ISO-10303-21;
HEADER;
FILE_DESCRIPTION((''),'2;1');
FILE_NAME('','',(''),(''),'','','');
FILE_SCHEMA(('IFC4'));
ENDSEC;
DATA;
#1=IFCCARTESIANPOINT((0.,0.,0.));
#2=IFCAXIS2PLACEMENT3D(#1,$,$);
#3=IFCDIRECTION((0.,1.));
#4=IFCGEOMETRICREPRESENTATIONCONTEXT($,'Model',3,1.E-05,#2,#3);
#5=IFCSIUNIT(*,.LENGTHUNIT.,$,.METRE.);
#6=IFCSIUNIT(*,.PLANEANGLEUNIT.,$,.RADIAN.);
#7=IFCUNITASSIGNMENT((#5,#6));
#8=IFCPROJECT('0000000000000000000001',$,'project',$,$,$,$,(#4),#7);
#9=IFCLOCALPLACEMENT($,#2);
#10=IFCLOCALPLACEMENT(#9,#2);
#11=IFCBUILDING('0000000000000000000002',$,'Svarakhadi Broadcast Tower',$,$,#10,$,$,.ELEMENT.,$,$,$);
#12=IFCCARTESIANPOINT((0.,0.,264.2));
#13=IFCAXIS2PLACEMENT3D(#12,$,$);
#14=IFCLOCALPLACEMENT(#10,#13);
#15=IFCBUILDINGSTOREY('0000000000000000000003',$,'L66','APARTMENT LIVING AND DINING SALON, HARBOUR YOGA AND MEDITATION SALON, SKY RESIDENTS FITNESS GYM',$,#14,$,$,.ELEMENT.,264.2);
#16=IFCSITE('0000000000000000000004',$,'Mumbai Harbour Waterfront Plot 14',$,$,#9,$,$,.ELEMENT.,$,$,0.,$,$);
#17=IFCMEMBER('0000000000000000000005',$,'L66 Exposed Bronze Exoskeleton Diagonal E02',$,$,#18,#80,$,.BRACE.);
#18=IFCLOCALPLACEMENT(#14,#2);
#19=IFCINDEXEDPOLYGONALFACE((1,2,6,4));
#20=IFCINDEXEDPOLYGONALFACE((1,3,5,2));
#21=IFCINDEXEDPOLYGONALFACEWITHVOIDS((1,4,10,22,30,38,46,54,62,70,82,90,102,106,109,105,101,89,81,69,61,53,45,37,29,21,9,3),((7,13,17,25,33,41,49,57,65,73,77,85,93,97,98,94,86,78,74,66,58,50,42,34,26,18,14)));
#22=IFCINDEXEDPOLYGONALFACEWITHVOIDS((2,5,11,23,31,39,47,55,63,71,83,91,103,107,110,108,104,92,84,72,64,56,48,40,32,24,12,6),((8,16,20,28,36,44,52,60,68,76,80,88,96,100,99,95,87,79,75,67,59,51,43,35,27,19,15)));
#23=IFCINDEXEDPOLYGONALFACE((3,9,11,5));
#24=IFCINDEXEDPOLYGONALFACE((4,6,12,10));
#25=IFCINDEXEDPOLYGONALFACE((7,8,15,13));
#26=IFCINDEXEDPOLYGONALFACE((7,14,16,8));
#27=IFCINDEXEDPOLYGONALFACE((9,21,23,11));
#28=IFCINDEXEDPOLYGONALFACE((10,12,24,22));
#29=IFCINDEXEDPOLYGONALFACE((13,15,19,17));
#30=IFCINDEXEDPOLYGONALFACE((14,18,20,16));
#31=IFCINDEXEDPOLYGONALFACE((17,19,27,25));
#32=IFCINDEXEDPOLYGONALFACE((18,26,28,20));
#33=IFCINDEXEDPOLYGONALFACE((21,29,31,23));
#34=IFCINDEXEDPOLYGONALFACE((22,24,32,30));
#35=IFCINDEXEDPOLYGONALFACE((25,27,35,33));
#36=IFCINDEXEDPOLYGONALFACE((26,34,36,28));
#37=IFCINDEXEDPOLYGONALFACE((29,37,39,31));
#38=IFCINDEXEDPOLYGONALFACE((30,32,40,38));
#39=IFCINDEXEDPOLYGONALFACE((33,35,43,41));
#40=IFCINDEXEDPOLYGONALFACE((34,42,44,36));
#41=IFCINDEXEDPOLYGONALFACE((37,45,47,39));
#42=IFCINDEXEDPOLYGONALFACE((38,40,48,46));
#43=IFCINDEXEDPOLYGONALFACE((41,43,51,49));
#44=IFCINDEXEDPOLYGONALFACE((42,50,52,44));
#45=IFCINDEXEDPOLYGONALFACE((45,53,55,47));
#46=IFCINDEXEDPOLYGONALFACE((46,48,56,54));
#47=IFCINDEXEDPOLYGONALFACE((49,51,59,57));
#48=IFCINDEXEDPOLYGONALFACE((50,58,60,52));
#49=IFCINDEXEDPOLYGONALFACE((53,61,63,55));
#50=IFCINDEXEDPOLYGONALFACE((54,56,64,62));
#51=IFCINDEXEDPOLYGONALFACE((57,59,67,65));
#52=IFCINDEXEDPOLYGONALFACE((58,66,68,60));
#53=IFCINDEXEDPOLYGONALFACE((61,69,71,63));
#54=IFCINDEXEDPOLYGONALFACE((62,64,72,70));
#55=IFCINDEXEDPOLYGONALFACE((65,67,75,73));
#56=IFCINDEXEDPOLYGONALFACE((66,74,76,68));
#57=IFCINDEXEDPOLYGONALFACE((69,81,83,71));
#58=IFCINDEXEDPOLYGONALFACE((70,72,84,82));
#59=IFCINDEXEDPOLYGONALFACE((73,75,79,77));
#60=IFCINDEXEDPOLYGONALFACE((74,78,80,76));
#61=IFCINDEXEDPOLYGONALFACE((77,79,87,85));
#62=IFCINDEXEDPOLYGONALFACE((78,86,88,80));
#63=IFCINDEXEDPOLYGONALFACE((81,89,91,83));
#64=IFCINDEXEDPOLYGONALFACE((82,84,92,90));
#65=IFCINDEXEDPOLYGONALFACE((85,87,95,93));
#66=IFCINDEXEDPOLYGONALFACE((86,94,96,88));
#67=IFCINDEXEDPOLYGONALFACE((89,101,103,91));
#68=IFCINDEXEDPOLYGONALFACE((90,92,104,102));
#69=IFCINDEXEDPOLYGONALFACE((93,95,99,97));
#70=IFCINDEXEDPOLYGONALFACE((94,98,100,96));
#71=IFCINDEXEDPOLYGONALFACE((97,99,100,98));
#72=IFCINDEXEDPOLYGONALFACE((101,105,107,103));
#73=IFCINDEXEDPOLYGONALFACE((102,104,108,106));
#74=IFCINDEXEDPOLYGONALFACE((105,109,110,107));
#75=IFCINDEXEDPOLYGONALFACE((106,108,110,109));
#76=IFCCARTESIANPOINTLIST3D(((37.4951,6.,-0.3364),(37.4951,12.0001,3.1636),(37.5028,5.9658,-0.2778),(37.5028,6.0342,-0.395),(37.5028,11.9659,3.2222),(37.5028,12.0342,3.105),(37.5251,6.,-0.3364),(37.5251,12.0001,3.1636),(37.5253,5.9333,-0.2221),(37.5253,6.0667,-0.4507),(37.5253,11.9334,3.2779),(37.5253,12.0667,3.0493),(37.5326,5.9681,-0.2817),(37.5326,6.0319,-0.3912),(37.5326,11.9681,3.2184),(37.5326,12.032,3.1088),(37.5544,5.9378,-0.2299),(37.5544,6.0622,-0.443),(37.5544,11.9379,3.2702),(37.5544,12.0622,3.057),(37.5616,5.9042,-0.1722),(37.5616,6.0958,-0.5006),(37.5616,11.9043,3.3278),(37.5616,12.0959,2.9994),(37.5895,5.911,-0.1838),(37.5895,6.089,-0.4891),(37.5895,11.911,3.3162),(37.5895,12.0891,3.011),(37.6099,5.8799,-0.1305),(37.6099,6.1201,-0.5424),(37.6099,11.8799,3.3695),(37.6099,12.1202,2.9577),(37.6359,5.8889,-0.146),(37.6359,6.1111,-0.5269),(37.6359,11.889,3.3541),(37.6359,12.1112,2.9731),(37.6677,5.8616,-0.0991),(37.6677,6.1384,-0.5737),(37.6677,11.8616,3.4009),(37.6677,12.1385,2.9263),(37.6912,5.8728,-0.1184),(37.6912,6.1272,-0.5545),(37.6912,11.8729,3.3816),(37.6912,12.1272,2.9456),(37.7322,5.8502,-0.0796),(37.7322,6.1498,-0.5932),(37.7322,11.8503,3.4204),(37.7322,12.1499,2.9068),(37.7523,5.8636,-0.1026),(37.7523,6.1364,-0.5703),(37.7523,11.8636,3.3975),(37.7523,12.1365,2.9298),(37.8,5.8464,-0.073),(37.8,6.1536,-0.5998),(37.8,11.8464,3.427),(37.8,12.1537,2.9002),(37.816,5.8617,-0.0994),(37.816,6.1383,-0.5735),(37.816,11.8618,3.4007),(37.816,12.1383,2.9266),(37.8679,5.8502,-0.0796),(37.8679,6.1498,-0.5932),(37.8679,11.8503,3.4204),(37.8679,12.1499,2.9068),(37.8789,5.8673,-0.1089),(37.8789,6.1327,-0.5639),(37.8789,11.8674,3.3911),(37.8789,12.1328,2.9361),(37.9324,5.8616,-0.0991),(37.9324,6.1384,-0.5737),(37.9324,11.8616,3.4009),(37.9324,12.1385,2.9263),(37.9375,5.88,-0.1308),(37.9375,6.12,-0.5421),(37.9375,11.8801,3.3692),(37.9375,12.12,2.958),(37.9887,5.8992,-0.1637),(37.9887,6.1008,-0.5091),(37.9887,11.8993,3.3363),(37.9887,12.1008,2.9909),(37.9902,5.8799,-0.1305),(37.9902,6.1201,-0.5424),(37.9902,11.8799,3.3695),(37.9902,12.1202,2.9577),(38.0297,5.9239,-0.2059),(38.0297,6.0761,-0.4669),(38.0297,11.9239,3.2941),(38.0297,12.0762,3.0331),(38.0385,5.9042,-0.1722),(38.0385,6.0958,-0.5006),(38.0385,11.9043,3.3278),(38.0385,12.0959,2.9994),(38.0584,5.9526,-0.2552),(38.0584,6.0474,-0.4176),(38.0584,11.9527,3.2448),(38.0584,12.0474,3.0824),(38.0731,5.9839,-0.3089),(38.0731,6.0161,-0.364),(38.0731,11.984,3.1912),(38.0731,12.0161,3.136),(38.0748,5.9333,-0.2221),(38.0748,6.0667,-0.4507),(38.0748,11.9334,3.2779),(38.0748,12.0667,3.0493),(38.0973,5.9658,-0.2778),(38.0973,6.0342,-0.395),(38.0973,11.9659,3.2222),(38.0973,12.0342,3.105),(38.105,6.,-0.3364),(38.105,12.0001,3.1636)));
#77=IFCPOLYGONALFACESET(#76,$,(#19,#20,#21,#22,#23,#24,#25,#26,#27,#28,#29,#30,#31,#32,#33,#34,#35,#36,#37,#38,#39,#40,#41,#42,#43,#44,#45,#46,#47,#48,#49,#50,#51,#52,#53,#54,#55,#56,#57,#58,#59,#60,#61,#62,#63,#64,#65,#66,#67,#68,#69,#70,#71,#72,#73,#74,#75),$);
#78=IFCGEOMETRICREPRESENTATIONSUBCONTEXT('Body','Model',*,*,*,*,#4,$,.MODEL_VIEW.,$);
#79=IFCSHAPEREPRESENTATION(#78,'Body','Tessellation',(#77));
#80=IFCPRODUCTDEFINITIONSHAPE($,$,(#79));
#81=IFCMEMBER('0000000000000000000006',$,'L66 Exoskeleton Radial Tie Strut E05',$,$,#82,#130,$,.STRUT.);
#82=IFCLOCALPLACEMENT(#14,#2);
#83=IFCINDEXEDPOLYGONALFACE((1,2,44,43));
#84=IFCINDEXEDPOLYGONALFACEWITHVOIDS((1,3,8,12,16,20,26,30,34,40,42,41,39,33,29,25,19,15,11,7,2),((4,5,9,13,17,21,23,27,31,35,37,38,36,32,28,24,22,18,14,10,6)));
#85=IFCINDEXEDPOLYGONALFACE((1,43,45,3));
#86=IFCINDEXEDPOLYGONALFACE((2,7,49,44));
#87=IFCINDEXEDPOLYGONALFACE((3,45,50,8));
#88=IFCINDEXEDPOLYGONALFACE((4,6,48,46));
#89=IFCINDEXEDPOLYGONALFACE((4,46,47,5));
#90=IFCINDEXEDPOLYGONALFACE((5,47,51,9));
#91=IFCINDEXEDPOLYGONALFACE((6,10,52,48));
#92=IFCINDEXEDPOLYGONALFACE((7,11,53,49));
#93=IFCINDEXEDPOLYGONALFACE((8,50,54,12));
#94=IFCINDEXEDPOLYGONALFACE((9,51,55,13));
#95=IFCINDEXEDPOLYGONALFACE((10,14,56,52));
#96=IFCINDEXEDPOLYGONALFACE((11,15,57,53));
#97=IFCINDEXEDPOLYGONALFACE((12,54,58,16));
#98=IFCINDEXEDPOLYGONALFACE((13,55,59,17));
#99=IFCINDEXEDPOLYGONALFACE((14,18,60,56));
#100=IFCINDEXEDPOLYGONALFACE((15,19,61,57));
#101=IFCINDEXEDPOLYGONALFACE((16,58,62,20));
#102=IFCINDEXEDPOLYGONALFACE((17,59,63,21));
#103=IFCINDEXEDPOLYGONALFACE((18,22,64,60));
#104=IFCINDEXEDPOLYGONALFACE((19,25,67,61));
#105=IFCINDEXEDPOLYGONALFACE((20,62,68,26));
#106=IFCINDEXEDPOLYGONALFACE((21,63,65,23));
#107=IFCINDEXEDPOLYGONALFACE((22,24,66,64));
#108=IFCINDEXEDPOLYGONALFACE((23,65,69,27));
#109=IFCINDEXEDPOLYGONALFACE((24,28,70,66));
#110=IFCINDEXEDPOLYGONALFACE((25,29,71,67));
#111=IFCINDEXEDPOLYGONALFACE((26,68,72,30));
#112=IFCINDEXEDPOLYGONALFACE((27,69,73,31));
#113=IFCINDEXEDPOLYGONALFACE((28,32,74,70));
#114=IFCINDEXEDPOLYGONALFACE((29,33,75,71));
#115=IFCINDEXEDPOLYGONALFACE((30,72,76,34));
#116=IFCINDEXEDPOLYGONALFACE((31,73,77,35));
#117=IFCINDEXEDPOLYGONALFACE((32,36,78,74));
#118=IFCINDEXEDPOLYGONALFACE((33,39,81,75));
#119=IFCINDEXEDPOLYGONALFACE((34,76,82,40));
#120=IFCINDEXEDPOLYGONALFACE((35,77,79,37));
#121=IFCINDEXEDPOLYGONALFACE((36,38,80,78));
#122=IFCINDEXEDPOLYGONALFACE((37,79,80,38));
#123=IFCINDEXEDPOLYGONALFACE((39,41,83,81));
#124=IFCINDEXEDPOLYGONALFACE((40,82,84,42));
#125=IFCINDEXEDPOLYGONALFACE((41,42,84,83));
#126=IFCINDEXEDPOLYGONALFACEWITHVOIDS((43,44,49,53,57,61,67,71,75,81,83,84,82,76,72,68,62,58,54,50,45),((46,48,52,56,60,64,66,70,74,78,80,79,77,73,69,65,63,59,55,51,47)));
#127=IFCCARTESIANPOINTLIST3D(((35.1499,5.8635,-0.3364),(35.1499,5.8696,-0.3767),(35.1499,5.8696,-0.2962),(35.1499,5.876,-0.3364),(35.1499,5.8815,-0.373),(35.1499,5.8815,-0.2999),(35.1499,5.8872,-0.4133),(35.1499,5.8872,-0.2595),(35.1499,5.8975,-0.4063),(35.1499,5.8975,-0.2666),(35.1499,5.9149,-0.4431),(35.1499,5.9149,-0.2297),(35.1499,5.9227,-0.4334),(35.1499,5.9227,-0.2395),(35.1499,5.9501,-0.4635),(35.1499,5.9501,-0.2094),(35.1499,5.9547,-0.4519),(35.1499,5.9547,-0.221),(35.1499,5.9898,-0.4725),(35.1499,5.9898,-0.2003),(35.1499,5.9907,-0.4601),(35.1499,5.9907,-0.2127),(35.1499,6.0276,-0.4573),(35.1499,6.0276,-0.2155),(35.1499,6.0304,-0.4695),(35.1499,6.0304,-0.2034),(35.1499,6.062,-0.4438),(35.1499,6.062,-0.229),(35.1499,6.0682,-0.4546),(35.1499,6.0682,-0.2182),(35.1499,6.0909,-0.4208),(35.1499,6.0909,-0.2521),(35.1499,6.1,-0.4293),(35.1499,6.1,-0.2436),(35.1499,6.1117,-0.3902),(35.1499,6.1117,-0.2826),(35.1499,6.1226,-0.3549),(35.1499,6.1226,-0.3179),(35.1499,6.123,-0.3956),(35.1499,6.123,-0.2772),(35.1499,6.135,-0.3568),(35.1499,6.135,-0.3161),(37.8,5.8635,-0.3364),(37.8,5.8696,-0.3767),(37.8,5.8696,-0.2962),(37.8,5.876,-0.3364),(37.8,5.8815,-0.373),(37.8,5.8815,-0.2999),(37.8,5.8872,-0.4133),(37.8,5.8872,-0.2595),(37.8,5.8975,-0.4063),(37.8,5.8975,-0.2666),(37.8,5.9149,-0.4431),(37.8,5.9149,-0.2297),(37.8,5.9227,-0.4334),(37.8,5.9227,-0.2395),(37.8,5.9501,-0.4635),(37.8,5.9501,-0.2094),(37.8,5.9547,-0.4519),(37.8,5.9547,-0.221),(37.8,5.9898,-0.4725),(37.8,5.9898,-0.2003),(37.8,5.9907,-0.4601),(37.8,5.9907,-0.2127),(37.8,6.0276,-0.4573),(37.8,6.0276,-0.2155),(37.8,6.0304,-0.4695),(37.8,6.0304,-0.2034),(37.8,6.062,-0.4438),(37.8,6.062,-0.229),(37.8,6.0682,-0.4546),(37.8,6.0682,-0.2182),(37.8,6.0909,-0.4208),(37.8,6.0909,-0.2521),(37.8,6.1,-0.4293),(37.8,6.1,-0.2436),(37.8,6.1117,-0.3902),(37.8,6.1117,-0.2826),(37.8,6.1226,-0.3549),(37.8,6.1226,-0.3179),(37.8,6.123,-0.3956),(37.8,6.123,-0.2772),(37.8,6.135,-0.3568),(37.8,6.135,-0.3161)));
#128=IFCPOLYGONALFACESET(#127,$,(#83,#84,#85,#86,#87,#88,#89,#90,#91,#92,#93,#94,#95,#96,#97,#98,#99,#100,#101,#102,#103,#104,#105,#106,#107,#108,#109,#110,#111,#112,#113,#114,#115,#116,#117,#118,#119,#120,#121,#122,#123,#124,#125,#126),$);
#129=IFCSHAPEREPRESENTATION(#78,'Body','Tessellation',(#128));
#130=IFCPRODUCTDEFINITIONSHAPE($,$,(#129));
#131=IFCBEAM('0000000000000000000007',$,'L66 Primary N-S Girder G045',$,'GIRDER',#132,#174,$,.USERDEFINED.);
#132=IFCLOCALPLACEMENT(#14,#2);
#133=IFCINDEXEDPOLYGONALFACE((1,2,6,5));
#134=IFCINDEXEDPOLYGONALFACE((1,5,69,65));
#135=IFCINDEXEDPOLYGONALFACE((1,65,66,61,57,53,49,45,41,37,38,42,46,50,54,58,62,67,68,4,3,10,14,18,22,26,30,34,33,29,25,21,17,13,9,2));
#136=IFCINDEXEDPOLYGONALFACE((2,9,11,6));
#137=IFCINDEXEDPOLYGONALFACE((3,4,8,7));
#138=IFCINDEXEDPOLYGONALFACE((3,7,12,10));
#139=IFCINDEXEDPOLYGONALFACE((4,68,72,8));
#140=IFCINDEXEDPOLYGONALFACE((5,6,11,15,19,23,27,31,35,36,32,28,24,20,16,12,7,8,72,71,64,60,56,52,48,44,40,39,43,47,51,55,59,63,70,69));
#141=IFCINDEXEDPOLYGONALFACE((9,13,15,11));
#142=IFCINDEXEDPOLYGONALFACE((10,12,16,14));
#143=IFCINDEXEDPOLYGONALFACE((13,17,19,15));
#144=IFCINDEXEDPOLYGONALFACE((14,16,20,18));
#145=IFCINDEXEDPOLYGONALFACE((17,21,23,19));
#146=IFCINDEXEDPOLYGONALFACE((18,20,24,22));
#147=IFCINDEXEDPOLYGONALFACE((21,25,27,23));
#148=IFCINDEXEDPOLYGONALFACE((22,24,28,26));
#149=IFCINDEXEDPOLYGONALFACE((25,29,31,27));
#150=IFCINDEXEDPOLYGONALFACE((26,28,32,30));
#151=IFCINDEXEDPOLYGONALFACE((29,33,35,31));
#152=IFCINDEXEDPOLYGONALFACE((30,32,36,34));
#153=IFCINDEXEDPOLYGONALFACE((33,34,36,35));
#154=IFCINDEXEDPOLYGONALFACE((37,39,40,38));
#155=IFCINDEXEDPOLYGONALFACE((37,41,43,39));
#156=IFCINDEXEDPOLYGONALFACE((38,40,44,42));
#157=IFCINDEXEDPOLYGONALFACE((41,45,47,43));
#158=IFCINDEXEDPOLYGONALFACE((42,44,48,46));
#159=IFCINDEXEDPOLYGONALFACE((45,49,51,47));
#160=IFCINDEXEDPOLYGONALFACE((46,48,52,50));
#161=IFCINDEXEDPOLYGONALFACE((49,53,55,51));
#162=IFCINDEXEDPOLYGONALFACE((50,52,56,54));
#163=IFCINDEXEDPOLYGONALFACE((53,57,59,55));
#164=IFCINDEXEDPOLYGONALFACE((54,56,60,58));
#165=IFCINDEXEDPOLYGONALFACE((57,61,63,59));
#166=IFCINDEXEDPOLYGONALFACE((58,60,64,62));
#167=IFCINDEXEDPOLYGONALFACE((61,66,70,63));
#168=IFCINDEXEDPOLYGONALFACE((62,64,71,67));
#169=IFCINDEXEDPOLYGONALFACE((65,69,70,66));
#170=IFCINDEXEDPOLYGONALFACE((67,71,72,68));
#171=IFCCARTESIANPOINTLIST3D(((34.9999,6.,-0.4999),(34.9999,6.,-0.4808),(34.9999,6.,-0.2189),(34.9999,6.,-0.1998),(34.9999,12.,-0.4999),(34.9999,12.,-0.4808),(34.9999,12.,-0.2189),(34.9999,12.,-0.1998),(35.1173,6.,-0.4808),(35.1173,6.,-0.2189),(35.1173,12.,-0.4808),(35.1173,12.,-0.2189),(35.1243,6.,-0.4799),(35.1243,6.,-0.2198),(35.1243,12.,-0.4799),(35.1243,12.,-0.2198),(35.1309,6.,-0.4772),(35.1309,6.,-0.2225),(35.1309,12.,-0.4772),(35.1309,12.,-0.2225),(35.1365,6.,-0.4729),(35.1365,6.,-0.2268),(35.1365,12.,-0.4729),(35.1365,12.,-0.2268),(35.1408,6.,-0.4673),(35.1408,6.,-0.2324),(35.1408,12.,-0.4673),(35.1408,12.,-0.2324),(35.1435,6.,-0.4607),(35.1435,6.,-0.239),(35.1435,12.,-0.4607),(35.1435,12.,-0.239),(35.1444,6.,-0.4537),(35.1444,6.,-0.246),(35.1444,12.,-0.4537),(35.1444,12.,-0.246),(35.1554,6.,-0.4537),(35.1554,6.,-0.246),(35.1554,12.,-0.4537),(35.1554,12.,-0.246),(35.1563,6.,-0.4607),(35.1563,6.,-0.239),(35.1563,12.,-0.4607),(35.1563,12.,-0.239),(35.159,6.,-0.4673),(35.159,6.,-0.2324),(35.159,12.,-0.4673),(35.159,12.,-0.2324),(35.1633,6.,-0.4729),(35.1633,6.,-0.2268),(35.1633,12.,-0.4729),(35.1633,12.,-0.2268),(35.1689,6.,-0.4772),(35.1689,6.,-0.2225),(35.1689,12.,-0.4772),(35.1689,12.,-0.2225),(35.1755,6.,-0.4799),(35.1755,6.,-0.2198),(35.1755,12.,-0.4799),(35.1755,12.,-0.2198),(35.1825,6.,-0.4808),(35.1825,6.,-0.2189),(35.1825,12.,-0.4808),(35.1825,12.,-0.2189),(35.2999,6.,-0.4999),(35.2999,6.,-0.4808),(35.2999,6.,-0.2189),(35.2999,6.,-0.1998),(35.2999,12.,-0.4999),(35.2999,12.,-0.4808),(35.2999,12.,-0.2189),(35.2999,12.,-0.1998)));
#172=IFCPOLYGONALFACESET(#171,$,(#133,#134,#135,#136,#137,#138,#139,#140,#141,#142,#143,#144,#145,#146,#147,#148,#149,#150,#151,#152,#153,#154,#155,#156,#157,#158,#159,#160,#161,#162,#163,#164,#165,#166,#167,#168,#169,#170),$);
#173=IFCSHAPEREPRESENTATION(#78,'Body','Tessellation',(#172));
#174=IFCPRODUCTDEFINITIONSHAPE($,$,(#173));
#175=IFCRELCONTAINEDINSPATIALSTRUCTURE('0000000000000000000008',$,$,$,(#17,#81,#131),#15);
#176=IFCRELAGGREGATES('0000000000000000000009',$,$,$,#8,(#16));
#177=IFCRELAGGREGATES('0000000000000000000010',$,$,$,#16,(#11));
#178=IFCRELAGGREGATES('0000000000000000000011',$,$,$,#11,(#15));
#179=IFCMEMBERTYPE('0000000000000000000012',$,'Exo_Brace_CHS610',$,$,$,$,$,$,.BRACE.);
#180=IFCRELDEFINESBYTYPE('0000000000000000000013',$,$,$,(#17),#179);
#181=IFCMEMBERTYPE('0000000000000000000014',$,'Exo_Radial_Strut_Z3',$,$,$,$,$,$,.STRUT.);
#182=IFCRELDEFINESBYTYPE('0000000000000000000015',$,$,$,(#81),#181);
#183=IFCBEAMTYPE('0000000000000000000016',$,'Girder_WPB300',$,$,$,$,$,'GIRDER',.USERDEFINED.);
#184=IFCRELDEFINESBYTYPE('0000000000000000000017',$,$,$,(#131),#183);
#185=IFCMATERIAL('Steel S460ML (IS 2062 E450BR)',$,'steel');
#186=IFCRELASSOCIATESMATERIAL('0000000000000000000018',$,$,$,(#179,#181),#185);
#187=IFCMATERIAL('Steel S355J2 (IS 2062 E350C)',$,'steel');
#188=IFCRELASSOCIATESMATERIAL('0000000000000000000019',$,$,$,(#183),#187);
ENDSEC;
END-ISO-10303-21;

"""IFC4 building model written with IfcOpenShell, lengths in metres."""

from ifc_helpers import new_model, si_unit, direction, frame, origin, origin_2d, place, context, subcontext, project, spatial, hollow_circle, i_section, extrude, material, material_profile, profile_set, type_object, element, save


model = new_model("IFC4")

# Units and contexts
model_context = context("Model", 3, precision=1e-05, world=origin(), true_north=direction((0.0, 1.0)))
body_context = subcontext(model_context, "Body", "Model", "MODEL_VIEW")
ifc_project = project(units=[si_unit("LENGTHUNIT", "METRE"), si_unit("PLANEANGLEUNIT", "RADIAN")], contexts=[model_context])

# Site, building, storey
site_placement = place(None, origin())
site = spatial("IfcSite", under=ifc_project, at=site_placement, Name="Mumbai Harbour Waterfront Plot 14", CompositionType="ELEMENT", RefElevation=0.0)
building_placement = place(site_placement, origin())
building = spatial("IfcBuilding", under=site, at=building_placement, Name="Svarakhadi Broadcast Tower", CompositionType="ELEMENT")
storey_placement = place(building_placement, frame((0.0, 0.0, 264.2)))
storey = spatial("IfcBuildingStorey", under=building, at=storey_placement, Name="L66", Description="APARTMENT LIVING AND DINING SALON, HARBOUR YOGA AND MEDITATION SALON, SKY RESIDENTS FITNESS GYM", CompositionType="ELEMENT", Elevation=264.2)

# Shared definitions
ifc_material_1 = material(Name="Steel S460ML (IS 2062 E450BR)", Category="steel")

# Members
ifc_material_profile_1 = material_profile(ifc_material_1, hollow_circle(Radius=0.3049, WallThickness=0.03, at=origin_2d()), Name="CHS 610x30")
ifc_profile_set_1 = profile_set([ifc_material_profile_1], Name="Steel S460ML (IS 2062 E450BR)")
member_type_1 = type_object("IfcMemberType", Name="Exo_Brace_CHS610", PredefinedType="BRACE", material=ifc_profile_set_1)
member_1_placement = place(storey_placement, frame((37.8, 6.0, -0.3364), z_axis=(0.0, 0.863779, 0.503871), x_axis=(-1.0, 0.0, 0.0)))
element("IfcMember", 1, at=member_1_placement, inside=storey, type_object=member_type_1, Name="L66 Exposed Bronze Exoskeleton Diagonal E02", PredefinedType="BRACE", context=body_context, shape_type="SweptSolid", body=[
    extrude(hollow_circle(Radius=0.3049, WallThickness=0.03, at=origin_2d()), origin(), (0.0, 0.0, 1.0), 6.9463),
])
ifc_material_profile_2 = material_profile(ifc_material_1, hollow_circle(Radius=0.1365, WallThickness=0.0125, at=origin_2d()), Name="CHS 273x12.5")
ifc_profile_set_2 = profile_set([ifc_material_profile_2], Name="Steel S460ML (IS 2062 E450BR)")
member_type_2 = type_object("IfcMemberType", Name="Exo_Radial_Strut_Z3", PredefinedType="STRUT", material=ifc_profile_set_2)
member_2_placement = place(storey_placement, frame((37.8, 6.0, -0.3364), z_axis=(-1.0, 0.0, 0.0), x_axis=(0.0, -1.0, 0.0)))
element("IfcMember", 2, at=member_2_placement, inside=storey, type_object=member_type_2, Name="L66 Exoskeleton Radial Tie Strut E05", PredefinedType="STRUT", context=body_context, shape_type="SweptSolid", body=[
    extrude(hollow_circle(Radius=0.1365, WallThickness=0.0125, at=origin_2d()), origin(), (0.0, 0.0, 1.0), 2.6501),
])

# Beam
ifc_material_2 = material(Name="Steel S355J2 (IS 2062 E350C)", Category="steel")
ifc_material_profile_3 = material_profile(ifc_material_2, i_section(OverallWidth=0.3, OverallDepth=0.3, WebThickness=0.011, FlangeThickness=0.019, FilletRadius=0.0271, at=origin_2d()), Name="WPB 300x300x117")
ifc_profile_set_3 = profile_set([ifc_material_profile_3], Name="Steel S355J2 (IS 2062 E350C)")
beam_type_1 = type_object("IfcBeamType", Name="Girder_WPB300", ElementType="GIRDER", PredefinedType="USERDEFINED", material=ifc_profile_set_3)
beam_1_placement = place(storey_placement, frame((35.1499, 6.0, -0.3499), z_axis=(0.0, 1.0, 0.0), x_axis=(-1.0, 0.0, 0.0)))
element("IfcBeam", 3, at=beam_1_placement, inside=storey, type_object=beam_type_1, Name="L66 Primary N-S Girder G045", ObjectType="GIRDER", PredefinedType="USERDEFINED", context=body_context, shape_type="SweptSolid", body=[
    extrude(i_section(OverallWidth=0.3, OverallDepth=0.3, WebThickness=0.011, FlangeThickness=0.019, FilletRadius=0.0271, at=origin_2d()), origin(), (0.0, 0.0, 1.0), 6.0),
])

save(model, "model.ifc")
